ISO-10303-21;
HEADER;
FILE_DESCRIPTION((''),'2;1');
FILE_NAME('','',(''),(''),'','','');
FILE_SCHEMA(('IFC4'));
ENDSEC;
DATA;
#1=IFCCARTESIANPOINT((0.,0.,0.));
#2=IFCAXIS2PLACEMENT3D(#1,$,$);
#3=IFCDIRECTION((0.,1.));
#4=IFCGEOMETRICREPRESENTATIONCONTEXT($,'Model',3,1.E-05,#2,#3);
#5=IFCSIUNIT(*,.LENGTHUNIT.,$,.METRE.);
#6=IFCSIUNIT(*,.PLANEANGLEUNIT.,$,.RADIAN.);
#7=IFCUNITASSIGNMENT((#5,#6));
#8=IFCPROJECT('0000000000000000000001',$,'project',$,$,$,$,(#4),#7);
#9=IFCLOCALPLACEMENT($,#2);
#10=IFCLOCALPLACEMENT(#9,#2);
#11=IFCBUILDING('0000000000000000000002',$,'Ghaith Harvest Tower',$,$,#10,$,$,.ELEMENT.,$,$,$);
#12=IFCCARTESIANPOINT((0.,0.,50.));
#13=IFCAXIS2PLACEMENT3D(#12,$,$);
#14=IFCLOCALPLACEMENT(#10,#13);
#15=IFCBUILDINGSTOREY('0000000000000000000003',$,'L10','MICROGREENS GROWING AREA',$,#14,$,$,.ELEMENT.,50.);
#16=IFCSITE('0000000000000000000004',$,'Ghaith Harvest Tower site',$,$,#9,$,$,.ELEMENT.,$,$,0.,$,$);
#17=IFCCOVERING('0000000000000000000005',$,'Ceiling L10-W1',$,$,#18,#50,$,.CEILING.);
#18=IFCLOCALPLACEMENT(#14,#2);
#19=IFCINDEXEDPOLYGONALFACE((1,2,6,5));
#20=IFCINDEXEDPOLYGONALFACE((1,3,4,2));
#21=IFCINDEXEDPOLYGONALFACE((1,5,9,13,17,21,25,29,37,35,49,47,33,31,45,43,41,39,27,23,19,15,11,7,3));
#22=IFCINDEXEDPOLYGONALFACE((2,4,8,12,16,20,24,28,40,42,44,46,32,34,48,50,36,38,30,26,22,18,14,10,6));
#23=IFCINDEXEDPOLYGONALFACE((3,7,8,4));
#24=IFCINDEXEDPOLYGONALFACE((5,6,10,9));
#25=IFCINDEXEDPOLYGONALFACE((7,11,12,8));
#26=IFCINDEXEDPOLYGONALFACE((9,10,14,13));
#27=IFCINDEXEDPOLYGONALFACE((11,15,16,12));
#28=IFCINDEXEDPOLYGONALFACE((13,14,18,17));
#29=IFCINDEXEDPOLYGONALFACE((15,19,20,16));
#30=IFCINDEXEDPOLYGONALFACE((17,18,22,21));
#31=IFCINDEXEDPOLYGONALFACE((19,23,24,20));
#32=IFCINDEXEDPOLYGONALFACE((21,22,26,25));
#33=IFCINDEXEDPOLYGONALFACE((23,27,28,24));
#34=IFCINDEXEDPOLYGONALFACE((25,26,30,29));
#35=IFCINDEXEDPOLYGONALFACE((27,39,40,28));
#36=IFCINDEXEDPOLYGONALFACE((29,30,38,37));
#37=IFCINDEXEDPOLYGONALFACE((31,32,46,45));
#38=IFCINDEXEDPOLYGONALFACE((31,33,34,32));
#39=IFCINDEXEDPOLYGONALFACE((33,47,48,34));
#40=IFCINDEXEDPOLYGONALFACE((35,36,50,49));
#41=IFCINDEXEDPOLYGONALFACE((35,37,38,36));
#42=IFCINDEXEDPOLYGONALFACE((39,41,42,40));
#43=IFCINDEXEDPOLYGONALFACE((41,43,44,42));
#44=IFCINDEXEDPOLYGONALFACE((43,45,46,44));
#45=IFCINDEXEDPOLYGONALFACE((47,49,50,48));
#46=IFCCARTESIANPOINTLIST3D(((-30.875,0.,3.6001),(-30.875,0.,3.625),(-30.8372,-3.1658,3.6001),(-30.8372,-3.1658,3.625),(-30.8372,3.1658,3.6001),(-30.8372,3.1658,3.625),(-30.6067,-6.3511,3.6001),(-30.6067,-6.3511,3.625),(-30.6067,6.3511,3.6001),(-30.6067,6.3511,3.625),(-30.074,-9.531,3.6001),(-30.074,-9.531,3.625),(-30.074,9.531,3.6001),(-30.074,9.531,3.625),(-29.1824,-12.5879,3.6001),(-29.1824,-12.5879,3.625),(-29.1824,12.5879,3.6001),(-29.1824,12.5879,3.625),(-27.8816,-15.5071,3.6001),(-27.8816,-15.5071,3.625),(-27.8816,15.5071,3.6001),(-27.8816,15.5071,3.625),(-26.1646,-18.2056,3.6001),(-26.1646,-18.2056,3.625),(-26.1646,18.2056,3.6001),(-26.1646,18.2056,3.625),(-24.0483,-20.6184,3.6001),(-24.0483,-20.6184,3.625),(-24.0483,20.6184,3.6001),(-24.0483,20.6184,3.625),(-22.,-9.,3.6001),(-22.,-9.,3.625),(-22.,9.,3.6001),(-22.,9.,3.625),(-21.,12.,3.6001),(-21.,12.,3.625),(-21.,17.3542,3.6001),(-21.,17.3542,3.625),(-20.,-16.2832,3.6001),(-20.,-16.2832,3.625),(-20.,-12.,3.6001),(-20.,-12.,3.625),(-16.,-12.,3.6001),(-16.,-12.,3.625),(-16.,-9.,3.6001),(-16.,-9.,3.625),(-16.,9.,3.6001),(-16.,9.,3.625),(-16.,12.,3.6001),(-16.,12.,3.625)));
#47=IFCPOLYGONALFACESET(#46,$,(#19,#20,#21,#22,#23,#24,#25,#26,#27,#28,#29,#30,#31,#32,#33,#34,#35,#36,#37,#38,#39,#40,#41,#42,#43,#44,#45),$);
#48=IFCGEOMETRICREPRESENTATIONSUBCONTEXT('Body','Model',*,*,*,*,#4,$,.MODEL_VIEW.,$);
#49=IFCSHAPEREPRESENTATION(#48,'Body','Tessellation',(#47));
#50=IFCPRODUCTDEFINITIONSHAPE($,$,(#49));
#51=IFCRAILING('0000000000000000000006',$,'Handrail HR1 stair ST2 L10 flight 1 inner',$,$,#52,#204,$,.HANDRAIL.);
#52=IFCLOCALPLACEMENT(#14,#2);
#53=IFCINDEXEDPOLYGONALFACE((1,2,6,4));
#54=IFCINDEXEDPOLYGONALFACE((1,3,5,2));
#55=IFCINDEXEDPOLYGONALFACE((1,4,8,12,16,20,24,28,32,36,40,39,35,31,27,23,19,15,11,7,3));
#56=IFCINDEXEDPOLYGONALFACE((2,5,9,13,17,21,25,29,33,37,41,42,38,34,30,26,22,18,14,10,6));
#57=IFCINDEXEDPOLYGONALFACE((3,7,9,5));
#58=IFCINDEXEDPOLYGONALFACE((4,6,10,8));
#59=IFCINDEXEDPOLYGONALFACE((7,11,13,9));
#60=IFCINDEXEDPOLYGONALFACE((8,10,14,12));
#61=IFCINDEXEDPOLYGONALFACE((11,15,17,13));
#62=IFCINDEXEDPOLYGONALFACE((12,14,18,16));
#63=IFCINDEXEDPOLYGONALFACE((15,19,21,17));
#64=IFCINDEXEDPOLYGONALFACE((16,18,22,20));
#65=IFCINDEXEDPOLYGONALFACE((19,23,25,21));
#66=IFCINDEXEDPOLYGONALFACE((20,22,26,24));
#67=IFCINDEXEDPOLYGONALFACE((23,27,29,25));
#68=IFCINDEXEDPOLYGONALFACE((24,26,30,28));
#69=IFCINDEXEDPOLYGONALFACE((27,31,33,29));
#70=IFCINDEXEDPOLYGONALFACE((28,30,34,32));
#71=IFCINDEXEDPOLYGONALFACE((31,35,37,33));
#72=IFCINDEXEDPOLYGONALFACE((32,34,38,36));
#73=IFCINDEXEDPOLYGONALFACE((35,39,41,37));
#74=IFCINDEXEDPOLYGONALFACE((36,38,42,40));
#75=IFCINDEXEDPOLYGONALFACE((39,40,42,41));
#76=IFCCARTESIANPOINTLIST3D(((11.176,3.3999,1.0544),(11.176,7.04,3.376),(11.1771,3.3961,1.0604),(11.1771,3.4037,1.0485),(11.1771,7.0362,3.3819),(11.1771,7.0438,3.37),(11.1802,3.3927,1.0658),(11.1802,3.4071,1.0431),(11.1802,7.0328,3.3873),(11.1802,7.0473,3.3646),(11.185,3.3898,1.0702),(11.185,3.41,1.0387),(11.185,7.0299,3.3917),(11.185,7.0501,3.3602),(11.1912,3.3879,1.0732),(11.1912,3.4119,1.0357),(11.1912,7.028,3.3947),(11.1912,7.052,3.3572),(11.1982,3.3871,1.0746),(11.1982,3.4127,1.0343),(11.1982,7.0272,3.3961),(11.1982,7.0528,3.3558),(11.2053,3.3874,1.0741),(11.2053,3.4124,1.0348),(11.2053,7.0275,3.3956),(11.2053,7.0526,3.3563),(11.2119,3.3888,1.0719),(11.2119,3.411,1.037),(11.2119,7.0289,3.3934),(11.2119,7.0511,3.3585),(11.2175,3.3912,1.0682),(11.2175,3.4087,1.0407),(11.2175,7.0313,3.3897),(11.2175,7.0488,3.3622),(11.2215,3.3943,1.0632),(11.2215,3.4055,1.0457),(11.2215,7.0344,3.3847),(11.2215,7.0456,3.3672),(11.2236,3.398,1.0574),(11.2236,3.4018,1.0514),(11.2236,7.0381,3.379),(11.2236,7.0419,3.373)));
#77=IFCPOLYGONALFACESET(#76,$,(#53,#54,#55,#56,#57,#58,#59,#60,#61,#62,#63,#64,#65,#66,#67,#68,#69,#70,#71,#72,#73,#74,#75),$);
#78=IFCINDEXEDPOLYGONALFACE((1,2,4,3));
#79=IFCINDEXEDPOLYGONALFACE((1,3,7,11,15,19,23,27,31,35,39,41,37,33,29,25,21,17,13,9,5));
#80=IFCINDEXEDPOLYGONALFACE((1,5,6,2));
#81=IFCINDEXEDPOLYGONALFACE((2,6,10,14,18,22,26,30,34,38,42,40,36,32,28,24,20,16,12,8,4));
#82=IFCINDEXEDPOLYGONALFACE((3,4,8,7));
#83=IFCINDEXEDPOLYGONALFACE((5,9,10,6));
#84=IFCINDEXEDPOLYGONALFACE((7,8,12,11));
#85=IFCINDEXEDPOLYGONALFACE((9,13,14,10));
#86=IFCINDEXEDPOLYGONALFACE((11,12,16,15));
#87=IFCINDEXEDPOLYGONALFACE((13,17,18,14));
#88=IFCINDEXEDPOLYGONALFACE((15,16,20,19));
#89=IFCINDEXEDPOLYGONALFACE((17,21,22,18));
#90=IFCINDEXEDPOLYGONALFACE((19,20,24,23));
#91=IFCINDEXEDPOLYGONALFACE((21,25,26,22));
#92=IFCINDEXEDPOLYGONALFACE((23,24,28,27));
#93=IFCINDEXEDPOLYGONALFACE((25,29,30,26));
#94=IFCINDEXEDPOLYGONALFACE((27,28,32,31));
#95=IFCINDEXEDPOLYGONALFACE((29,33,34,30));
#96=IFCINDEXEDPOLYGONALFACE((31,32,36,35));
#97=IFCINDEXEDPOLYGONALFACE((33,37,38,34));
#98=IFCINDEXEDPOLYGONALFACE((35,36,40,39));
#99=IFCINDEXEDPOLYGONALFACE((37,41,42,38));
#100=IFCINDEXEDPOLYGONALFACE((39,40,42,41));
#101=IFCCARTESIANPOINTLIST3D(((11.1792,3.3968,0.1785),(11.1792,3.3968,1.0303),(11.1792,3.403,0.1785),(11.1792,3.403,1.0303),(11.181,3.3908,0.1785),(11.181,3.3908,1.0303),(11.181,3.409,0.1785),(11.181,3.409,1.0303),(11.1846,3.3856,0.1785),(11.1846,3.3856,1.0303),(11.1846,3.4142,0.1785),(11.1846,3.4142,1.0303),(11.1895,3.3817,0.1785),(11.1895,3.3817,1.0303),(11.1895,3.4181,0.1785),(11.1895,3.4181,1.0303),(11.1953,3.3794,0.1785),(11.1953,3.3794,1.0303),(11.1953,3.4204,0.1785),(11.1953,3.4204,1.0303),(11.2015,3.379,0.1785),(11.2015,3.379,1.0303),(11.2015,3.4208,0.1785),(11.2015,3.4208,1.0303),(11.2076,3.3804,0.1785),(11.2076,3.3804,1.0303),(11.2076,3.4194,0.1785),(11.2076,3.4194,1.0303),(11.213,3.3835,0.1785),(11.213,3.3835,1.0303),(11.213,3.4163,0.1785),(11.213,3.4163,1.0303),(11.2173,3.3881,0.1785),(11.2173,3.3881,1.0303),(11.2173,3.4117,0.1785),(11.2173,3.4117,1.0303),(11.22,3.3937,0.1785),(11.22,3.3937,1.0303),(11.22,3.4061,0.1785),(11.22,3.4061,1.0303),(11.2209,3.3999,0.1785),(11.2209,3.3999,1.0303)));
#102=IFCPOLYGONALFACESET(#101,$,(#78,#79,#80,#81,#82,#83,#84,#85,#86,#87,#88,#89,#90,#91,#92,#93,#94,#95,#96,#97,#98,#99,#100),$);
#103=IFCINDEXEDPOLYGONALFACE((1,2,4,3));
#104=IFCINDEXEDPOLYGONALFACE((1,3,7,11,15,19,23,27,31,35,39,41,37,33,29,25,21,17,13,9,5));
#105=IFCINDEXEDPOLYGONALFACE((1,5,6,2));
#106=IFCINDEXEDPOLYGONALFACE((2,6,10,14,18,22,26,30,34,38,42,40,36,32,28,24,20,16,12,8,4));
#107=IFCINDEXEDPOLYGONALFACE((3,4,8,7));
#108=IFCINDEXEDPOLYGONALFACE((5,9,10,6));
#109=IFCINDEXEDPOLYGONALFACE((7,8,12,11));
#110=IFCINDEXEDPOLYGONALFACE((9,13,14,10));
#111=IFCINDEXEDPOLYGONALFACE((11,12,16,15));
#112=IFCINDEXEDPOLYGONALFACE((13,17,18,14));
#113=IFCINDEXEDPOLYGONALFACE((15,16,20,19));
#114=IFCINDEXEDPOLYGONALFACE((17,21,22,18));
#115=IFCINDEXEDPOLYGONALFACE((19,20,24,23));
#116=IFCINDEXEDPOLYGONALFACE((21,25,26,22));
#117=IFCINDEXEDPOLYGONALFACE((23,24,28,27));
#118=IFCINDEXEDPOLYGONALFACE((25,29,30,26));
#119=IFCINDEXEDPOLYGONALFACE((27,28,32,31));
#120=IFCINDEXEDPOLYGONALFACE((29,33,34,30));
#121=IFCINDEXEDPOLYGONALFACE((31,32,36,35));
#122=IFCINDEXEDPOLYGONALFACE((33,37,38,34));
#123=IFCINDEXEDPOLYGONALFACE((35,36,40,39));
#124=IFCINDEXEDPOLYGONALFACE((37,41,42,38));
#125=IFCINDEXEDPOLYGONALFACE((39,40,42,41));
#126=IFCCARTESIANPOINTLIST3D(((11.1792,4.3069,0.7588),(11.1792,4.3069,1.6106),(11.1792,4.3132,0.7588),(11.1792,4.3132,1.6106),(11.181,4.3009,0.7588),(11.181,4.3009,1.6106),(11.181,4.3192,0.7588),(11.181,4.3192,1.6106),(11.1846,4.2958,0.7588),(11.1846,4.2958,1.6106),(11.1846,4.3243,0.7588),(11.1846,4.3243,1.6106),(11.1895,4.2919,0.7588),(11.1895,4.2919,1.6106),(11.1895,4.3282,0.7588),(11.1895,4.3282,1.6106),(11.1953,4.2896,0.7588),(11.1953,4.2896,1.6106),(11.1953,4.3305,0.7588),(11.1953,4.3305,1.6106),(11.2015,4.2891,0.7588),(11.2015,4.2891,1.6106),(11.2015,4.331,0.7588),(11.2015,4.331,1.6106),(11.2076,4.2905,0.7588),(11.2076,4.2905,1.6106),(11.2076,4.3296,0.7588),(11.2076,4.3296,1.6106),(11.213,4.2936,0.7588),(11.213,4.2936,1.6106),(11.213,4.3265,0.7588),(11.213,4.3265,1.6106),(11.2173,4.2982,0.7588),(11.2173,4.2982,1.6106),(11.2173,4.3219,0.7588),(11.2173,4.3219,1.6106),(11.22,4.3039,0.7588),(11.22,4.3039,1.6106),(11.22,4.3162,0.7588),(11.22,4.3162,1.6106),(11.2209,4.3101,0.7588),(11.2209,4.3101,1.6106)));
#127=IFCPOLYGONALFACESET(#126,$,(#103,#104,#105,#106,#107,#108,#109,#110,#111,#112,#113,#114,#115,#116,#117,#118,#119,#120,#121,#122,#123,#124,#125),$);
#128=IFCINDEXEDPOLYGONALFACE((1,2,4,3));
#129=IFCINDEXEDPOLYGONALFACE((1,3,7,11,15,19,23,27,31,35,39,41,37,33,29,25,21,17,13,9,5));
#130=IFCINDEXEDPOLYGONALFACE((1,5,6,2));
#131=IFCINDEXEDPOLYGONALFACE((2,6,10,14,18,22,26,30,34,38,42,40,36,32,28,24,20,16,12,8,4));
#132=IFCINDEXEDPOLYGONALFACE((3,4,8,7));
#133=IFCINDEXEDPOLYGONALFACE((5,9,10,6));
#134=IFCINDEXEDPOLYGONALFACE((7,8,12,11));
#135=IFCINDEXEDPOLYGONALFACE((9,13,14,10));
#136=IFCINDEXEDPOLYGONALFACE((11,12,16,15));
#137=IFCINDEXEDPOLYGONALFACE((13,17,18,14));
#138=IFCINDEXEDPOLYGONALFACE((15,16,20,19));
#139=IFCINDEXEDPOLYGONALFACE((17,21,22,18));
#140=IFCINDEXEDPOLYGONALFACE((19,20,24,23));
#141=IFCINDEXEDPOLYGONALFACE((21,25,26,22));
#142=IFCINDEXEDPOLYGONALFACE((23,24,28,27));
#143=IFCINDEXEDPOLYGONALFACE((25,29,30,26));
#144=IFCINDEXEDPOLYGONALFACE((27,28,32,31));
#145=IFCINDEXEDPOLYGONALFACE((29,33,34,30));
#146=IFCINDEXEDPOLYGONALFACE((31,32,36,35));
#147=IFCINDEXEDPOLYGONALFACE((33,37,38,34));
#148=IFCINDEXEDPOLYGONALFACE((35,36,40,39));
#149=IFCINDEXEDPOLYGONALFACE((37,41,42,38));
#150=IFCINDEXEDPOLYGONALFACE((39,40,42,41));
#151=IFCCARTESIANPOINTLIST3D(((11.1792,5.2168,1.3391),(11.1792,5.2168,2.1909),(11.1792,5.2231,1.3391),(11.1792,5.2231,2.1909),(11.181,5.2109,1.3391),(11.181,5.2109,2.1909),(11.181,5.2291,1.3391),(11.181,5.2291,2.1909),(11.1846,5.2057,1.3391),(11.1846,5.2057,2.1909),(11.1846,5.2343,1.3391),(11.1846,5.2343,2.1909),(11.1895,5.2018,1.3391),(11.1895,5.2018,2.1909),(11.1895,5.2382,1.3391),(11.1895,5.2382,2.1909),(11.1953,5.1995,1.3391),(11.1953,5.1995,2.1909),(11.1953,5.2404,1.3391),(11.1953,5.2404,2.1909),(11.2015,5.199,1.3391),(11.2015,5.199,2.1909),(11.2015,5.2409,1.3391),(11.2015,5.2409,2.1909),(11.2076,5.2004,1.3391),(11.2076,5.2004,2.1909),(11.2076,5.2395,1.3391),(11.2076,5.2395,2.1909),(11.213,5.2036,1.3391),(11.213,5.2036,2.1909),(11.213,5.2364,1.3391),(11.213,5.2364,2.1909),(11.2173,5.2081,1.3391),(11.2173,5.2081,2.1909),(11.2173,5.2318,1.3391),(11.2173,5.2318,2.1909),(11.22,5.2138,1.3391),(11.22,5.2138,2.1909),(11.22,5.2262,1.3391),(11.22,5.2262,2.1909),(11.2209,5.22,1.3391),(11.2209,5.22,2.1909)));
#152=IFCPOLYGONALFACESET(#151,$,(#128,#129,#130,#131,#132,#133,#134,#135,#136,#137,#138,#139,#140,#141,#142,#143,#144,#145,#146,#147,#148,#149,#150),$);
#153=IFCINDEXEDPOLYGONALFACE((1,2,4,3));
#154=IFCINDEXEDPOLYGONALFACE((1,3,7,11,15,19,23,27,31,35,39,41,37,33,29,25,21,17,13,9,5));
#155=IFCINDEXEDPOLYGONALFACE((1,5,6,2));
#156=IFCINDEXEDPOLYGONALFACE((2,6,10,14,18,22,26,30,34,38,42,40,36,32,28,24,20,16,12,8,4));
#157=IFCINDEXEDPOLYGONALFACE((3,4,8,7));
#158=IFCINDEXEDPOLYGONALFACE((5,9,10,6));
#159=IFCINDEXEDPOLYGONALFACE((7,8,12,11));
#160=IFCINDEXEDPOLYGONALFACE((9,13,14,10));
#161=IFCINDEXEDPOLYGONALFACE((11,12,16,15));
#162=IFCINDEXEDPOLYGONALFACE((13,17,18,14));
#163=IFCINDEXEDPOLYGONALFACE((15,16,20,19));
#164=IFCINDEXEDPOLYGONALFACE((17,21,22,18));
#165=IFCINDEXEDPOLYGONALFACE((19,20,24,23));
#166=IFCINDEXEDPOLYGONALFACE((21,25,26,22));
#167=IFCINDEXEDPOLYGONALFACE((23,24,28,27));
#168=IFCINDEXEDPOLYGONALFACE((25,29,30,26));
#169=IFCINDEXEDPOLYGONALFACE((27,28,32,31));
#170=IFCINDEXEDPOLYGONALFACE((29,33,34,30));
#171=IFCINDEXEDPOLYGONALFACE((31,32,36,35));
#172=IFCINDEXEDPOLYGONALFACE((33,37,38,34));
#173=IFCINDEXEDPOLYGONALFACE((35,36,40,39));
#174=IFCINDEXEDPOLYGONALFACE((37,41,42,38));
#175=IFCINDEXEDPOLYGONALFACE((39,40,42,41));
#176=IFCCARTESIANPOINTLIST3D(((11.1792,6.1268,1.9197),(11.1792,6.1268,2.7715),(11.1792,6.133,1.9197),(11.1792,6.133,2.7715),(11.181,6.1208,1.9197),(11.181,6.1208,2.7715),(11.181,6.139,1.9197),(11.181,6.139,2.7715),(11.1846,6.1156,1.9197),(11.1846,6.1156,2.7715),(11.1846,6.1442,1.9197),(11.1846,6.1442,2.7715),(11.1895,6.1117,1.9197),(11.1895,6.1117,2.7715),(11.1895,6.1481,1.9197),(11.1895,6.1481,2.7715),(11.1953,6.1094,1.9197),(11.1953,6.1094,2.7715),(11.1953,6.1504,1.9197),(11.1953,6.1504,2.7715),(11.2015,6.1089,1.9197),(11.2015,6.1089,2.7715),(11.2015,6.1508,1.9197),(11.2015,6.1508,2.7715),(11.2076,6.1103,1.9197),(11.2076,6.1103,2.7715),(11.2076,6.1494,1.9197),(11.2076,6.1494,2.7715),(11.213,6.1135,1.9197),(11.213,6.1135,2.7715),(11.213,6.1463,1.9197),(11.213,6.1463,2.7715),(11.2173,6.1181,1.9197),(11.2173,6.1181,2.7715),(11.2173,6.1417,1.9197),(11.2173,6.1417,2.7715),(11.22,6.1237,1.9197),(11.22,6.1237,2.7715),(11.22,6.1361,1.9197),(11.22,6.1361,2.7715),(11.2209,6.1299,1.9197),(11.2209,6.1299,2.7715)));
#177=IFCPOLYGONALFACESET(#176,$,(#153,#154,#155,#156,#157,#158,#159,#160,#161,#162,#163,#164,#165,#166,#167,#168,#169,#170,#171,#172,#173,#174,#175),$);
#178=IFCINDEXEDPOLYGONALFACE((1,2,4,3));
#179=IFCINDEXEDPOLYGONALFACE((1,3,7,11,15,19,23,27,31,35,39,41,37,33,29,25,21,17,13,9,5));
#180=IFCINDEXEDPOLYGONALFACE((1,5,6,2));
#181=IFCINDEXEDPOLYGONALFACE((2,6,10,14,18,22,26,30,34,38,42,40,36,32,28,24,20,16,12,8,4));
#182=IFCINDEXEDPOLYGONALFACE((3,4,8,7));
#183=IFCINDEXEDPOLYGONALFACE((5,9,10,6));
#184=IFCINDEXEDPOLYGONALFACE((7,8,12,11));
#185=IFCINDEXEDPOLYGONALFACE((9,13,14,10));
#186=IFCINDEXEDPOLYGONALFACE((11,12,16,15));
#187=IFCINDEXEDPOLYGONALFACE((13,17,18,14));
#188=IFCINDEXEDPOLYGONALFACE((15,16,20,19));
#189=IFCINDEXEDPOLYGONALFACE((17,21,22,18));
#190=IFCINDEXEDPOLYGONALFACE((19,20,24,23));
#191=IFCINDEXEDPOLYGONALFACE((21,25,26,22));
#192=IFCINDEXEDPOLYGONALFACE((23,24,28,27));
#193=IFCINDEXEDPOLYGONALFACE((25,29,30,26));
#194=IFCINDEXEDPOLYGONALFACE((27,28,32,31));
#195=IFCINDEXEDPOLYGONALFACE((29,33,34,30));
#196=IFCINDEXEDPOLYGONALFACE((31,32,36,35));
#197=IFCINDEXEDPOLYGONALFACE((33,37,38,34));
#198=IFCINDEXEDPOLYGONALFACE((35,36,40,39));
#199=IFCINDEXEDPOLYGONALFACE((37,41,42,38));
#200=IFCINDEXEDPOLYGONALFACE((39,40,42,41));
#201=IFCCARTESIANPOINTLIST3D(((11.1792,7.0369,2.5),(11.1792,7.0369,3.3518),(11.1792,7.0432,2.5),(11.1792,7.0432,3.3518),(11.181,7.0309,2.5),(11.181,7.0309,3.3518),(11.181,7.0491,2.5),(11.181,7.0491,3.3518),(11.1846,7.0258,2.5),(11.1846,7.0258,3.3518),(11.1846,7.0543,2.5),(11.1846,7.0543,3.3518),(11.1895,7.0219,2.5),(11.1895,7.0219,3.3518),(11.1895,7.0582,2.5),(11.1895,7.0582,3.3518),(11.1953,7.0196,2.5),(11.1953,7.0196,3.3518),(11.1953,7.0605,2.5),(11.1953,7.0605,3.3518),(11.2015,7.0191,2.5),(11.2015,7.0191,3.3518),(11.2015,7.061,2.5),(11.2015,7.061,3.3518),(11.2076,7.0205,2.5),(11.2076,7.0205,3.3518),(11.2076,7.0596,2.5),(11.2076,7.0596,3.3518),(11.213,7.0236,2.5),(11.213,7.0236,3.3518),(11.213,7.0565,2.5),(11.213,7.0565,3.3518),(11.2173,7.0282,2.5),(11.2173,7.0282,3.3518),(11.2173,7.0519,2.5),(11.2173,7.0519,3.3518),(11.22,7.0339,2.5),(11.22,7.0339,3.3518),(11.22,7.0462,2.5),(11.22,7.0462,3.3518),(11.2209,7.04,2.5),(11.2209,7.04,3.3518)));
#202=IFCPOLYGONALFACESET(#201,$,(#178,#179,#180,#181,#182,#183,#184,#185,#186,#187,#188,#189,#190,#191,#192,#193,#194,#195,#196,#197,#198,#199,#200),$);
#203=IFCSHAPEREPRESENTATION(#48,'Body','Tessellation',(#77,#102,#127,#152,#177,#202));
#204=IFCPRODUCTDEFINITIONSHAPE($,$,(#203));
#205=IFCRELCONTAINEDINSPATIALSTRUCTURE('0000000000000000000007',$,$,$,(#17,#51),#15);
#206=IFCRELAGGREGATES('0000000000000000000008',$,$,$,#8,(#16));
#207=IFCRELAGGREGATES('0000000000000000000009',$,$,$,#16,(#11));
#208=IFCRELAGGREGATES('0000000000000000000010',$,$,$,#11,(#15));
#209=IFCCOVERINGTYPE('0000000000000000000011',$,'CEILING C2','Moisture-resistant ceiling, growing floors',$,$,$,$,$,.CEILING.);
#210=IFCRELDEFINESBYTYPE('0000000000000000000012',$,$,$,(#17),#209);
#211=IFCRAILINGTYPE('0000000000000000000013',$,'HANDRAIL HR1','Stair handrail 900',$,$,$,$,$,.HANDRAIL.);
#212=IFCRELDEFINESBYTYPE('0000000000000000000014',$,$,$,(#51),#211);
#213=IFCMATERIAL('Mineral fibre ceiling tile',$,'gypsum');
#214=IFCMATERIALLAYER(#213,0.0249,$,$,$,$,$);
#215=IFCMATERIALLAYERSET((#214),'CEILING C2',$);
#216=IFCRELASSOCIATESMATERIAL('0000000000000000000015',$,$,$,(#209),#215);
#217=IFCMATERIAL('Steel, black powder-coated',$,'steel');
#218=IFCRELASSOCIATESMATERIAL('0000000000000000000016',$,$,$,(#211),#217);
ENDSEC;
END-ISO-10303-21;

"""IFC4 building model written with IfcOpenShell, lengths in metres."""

from ifc_helpers import new_model, si_unit, direction, frame, origin, origin_2d, place, context, subcontext, project, spatial, polyline, circle, outline, extrude, material, layer, layer_set, type_object, element, save


model = new_model("IFC4")

# Units and contexts
model_context = context("Model", 3, precision=1e-05, world=origin(), true_north=direction((0.0, 1.0)))
body_context = subcontext(model_context, "Body", "Model", "MODEL_VIEW")
ifc_project = project(units=[si_unit("LENGTHUNIT", "METRE"), si_unit("PLANEANGLEUNIT", "RADIAN")], contexts=[model_context])

# Site, building, storey
site_placement = place(None, origin())
site = spatial("IfcSite", under=ifc_project, at=site_placement, Name="Ghaith Harvest Tower site", CompositionType="ELEMENT", RefElevation=0.0)
building_placement = place(site_placement, origin())
building = spatial("IfcBuilding", under=site, at=building_placement, Name="Ghaith Harvest Tower", CompositionType="ELEMENT")
storey_placement = place(building_placement, frame((0.0, 0.0, 50.0)))
storey = spatial("IfcBuildingStorey", under=building, at=storey_placement, Name="L10", Description="MICROGREENS GROWING AREA", CompositionType="ELEMENT", Elevation=50.0)

# Covering
ifc_material_1 = material(Name="Mineral fibre ceiling tile", Category="gypsum")
ifc_layer_1 = layer(ifc_material_1, 0.0249)
ifc_layer_set_1 = layer_set([ifc_layer_1], Name="CEILING C2")
covering_type = type_object("IfcCoveringType", Name="CEILING C2", Description="Moisture-resistant ceiling, growing floors", PredefinedType="CEILING", material=ifc_layer_set_1)
covering_1_placement = place(storey_placement, frame((0.0, 0.0, 3.6001)))
element("IfcCovering", 1, at=covering_1_placement, inside=storey, type_object=covering_type, Name="Ceiling L10-W1", PredefinedType="CEILING", context=body_context, shape_type="SweptSolid", body=[
    extrude(outline(polyline([(-26.1646, -18.2056), (-27.8816, -15.5071), (-29.1824, -12.5879), (-30.074, -9.531), (-30.6067, -6.3511), (-30.8372, -3.1658), (-30.875, 0.0), (-30.8372, 3.1658), (-30.6067, 6.3511), (-30.074, 9.531), (-29.1824, 12.5879), (-27.8816, 15.5071), (-26.1646, 18.2056), (-24.0483, 20.6184), (-21.0, 17.3542), (-21.0, 12.0), (-16.0, 12.0), (-16.0, 9.0), (-22.0, 9.0), (-22.0, -9.0), (-16.0, -9.0), (-16.0, -12.0), (-20.0, -12.0), (-20.0, -16.2832), (-24.0483, -20.6184), (-26.1646, -18.2056)])), origin(), (0.0, 0.0, 1.0), 0.0249),
])

# Railing
ifc_material_2 = material(Name="Steel, black powder-coated", Category="steel")
railing_type = type_object("IfcRailingType", Name="HANDRAIL HR1", Description="Stair handrail 900", PredefinedType="HANDRAIL", material=ifc_material_2)
railing_1_placement = place(storey_placement, frame((11.2, 3.3999, 0.1785)))
element("IfcRailing", 2, at=railing_1_placement, inside=storey, type_object=railing_type, Name="Handrail HR1 stair ST2 L10 flight 1 inner", PredefinedType="HANDRAIL", context=body_context, shape_type="SweptSolid", body=[
    extrude(circle(Radius=0.0239, at=origin_2d()), frame((0.0, 0.0, 0.876), z_axis=(0.0, 0.843128, 0.537713), x_axis=(-1.0, 0.0, 0.0)), (0.0, 0.0, 1.0), 4.3174),
    extrude(circle(Radius=0.021, at=origin_2d()), origin(), (0.0, 0.0, 1.0), 0.8518),
    extrude(circle(Radius=0.021, at=origin_2d()), frame((0.0, 0.9102, 0.5803)), (0.0, 0.0, 1.0), 0.8518),
    extrude(circle(Radius=0.021, at=origin_2d()), frame((0.0, 1.8201, 1.1606)), (0.0, 0.0, 1.0), 0.8518),
    extrude(circle(Radius=0.021, at=origin_2d()), frame((0.0, 2.73, 1.7412)), (0.0, 0.0, 1.0), 0.8518),
    extrude(circle(Radius=0.021, at=origin_2d()), frame((0.0, 3.6401, 2.3215)), (0.0, 0.0, 1.0), 0.8518),
])

save(model, "model.ifc")
